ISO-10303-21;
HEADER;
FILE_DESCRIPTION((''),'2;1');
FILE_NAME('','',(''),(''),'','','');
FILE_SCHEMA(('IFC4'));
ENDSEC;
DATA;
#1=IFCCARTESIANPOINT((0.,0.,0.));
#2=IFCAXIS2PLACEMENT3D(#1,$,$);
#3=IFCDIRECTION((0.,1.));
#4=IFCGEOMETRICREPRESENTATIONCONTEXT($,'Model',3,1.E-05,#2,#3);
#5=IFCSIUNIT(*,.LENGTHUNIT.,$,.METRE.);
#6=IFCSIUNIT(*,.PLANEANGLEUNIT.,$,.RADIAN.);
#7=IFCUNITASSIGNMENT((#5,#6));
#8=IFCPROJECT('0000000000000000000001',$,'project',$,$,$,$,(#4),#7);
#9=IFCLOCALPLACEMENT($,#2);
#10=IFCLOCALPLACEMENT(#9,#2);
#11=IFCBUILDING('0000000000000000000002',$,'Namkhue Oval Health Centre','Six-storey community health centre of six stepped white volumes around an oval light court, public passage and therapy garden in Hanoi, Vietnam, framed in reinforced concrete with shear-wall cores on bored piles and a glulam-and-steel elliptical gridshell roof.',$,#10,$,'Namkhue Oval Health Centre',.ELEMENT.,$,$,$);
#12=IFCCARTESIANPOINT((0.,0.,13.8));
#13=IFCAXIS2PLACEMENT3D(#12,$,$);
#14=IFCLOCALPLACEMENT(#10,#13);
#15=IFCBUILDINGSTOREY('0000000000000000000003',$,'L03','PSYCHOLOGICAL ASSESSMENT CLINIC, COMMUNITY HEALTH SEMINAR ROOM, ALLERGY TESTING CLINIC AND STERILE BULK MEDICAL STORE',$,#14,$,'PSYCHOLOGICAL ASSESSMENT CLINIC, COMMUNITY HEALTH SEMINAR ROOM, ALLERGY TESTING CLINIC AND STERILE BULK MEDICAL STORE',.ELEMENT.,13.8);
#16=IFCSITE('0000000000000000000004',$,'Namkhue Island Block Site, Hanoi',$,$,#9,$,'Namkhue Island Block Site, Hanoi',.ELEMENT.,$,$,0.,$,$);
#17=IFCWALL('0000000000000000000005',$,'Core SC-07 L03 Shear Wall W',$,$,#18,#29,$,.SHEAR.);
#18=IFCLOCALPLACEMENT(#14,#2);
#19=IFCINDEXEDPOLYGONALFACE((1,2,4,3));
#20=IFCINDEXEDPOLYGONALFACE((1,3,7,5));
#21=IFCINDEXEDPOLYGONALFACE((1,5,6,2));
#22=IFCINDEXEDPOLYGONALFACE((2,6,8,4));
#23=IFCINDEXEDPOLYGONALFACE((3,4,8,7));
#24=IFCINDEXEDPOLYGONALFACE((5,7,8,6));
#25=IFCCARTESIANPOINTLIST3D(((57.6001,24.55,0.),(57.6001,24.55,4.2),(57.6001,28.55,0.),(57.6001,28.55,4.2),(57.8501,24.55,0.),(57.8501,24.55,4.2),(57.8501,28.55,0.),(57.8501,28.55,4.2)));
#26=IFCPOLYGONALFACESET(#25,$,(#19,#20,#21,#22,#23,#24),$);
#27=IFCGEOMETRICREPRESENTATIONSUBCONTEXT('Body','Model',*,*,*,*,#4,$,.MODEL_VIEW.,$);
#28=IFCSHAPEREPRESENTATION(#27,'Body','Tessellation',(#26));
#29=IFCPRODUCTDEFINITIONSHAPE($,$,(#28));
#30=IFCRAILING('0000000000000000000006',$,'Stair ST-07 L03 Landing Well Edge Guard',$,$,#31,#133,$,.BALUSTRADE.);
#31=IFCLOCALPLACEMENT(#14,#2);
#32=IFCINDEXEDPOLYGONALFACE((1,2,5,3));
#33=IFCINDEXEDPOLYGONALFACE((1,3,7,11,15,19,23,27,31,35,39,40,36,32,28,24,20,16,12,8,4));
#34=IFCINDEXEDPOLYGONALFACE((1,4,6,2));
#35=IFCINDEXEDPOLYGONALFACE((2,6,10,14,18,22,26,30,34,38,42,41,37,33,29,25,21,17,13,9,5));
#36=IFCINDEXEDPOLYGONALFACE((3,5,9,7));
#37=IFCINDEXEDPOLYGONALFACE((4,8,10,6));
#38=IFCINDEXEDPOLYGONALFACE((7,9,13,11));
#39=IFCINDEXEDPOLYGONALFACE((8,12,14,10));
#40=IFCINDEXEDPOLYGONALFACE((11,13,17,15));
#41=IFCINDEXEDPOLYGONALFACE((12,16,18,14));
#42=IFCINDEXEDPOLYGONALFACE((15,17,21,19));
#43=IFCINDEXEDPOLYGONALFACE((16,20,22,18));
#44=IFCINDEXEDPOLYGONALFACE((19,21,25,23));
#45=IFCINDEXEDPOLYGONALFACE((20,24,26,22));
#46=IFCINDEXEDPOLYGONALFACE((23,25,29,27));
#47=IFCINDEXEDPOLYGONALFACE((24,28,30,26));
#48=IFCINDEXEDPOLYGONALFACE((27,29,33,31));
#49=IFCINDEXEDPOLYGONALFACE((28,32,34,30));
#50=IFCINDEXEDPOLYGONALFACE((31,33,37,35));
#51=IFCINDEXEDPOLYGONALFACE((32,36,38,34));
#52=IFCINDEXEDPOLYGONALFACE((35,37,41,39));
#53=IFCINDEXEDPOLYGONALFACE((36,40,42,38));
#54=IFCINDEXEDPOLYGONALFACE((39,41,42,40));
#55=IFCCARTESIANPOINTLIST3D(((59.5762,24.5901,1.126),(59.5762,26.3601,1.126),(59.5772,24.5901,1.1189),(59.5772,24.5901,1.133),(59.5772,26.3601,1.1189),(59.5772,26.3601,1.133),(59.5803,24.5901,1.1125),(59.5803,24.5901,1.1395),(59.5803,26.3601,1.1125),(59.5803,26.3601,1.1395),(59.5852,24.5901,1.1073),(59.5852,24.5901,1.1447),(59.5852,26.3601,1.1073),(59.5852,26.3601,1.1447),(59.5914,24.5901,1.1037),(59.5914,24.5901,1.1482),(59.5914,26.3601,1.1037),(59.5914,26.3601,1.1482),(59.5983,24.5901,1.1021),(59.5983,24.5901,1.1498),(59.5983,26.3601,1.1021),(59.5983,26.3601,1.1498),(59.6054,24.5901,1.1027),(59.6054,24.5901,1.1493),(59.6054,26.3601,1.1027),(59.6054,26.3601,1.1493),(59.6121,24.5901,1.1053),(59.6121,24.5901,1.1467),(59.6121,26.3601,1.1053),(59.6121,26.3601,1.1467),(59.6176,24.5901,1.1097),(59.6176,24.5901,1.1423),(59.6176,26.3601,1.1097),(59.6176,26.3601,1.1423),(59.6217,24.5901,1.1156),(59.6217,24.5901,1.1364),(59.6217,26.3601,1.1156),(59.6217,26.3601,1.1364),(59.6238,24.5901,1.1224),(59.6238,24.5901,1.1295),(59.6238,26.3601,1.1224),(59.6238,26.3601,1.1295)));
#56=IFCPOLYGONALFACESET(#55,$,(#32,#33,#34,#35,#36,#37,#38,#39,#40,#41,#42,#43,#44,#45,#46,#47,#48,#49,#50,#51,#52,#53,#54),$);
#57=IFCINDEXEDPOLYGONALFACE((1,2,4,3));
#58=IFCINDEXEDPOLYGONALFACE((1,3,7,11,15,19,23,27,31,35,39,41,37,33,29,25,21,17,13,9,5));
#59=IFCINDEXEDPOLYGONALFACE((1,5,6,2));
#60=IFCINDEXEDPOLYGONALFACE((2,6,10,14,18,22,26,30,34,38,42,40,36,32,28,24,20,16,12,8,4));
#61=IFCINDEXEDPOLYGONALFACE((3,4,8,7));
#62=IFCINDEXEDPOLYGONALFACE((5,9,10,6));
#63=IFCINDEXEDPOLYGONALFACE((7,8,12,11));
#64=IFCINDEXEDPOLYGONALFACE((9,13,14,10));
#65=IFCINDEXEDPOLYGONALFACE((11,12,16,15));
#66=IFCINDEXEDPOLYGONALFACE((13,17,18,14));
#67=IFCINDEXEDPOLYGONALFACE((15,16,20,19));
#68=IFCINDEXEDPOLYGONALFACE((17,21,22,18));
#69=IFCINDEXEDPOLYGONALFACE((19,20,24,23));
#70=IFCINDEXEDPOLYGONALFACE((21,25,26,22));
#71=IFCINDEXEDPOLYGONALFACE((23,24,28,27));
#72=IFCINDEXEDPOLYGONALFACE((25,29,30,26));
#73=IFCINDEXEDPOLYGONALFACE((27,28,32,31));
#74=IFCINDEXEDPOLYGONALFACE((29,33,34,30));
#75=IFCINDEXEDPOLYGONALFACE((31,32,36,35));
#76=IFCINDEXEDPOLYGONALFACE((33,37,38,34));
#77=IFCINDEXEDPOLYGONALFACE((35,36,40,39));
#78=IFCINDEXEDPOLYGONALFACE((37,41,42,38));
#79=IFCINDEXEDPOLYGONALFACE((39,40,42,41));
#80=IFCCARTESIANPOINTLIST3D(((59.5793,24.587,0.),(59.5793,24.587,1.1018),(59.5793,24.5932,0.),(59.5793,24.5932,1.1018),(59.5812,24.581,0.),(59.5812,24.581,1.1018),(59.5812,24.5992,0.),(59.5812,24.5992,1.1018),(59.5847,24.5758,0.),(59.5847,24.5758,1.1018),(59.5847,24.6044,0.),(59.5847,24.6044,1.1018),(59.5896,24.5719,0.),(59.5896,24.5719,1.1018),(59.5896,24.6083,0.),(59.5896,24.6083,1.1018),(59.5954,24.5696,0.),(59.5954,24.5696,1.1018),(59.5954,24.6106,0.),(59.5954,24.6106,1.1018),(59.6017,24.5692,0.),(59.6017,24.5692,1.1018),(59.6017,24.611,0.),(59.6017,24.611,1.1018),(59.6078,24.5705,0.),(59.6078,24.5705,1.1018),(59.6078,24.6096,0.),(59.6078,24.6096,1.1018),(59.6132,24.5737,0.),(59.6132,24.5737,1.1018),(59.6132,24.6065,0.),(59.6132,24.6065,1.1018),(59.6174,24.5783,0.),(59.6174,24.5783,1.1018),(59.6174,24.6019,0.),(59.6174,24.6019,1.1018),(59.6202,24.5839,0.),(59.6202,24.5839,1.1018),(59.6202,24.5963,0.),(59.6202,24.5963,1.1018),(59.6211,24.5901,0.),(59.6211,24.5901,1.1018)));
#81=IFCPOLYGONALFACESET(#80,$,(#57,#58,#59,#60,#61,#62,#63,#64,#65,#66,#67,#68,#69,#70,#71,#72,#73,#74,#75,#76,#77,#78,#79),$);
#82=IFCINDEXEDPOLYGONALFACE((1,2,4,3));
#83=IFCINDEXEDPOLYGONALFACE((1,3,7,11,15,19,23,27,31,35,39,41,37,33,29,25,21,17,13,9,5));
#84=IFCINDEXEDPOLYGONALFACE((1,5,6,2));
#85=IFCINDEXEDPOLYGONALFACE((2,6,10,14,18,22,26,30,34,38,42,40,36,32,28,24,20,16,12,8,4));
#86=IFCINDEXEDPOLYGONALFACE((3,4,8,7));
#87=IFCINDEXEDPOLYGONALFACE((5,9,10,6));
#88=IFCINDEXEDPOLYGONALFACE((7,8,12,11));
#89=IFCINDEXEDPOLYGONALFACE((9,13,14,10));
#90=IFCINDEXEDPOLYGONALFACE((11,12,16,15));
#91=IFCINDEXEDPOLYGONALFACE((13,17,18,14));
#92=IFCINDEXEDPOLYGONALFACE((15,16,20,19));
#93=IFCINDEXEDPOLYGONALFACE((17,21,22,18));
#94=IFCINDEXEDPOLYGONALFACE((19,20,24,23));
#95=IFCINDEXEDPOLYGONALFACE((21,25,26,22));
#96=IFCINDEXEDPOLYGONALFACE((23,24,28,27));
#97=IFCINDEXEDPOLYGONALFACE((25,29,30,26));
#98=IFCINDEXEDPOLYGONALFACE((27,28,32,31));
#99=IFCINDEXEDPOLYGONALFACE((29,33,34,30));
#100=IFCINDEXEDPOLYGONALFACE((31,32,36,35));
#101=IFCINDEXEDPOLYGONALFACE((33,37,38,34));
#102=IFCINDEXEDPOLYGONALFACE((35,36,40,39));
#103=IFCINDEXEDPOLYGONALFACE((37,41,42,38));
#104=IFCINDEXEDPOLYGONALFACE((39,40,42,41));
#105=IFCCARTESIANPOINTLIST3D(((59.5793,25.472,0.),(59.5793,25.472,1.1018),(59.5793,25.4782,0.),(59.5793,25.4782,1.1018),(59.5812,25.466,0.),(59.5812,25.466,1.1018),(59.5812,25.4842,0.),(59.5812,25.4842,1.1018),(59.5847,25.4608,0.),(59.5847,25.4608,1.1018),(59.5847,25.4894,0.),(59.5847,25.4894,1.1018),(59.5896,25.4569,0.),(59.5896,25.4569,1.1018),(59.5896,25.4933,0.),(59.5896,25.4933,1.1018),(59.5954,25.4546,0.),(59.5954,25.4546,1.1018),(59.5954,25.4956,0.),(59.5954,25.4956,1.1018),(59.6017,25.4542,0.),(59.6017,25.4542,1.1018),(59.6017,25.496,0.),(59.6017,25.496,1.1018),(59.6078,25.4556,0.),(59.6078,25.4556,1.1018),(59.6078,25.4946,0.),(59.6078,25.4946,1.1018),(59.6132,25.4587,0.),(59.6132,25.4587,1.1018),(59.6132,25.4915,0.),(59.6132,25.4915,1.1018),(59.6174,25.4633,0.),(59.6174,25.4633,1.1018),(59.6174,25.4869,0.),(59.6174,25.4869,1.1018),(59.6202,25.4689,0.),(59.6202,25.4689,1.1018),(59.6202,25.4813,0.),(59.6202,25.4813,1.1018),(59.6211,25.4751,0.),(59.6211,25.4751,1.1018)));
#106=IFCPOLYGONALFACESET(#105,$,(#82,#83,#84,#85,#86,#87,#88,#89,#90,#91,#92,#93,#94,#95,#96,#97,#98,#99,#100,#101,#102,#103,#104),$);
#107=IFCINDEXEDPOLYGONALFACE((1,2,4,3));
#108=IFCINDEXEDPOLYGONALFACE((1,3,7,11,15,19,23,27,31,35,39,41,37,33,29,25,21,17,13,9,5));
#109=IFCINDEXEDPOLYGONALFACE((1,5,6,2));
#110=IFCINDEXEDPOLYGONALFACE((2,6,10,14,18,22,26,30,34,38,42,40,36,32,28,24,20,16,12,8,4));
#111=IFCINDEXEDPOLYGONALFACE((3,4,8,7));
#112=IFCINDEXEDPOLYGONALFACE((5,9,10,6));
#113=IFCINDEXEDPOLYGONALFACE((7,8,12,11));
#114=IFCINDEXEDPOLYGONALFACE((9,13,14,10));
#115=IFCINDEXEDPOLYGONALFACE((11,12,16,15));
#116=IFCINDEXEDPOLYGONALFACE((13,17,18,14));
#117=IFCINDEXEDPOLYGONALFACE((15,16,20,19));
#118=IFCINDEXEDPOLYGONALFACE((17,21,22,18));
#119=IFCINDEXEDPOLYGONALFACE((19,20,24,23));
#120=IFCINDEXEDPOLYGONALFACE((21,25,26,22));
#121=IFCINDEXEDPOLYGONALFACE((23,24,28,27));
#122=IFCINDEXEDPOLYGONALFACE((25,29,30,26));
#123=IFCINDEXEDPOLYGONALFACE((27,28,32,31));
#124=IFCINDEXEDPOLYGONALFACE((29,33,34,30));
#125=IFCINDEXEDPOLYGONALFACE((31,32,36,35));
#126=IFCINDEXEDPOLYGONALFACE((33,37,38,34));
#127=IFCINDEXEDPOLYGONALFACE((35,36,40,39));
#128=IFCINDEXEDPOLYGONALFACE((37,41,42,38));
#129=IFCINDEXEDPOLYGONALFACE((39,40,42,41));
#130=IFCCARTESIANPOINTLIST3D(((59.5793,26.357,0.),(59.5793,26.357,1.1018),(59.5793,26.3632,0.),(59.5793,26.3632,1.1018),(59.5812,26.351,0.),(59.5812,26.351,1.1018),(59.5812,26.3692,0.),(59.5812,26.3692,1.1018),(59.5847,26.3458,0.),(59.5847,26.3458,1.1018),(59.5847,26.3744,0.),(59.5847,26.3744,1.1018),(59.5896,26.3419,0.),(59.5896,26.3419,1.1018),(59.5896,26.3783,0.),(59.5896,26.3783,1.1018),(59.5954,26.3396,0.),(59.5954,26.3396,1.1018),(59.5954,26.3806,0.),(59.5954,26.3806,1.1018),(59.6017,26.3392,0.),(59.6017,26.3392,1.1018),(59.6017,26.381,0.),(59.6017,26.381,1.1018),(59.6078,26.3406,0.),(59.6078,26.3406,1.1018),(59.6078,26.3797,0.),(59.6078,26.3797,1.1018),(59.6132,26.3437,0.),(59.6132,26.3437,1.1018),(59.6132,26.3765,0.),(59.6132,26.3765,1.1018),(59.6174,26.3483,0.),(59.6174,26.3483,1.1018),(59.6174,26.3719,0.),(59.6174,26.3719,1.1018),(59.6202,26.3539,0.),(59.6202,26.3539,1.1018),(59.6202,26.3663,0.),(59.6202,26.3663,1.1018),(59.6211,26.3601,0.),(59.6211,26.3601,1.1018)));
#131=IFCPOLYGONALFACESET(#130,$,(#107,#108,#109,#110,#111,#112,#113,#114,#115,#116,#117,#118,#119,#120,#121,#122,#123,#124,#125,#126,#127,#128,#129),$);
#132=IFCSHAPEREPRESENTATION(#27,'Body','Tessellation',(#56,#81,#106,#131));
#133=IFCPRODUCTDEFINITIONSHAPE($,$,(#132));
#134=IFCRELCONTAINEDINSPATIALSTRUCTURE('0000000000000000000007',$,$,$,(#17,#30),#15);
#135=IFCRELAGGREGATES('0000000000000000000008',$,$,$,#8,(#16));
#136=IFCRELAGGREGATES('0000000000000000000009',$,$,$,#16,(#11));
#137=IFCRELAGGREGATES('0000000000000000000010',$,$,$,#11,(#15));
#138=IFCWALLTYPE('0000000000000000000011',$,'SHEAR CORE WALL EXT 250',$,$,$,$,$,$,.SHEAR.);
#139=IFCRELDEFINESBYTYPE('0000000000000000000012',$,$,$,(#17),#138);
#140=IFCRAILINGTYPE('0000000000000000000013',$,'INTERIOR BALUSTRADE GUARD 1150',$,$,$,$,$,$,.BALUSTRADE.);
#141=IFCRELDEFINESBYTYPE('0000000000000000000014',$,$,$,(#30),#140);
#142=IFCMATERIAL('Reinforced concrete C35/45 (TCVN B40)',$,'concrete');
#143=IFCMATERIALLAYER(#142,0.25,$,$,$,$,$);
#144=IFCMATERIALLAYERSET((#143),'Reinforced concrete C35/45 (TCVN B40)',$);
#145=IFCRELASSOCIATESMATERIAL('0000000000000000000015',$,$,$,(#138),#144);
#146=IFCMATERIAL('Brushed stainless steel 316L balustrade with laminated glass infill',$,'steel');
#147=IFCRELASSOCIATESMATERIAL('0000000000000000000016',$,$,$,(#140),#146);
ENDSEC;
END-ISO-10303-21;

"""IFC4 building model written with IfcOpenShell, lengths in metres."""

from ifc_helpers import new_model, si_unit, direction, frame, frame_2d, origin, origin_2d, place, context, subcontext, project, spatial, rectangle, circle, extrude, material, layer, layer_set, type_object, element, save


model = new_model("IFC4")

# Units and contexts
model_context = context("Model", 3, precision=1e-05, world=origin(), true_north=direction((0.0, 1.0)))
body_context = subcontext(model_context, "Body", "Model", "MODEL_VIEW")
ifc_project = project(units=[si_unit("LENGTHUNIT", "METRE"), si_unit("PLANEANGLEUNIT", "RADIAN")], contexts=[model_context])

# Site, building, storey
site_placement = place(None, origin())
site = spatial("IfcSite", under=ifc_project, at=site_placement, Name="Namkhue Island Block Site, Hanoi", LongName="Namkhue Island Block Site, Hanoi", CompositionType="ELEMENT", RefElevation=0.0)
building_placement = place(site_placement, origin())
building = spatial("IfcBuilding", under=site, at=building_placement, Name="Namkhue Oval Health Centre", Description="Six-storey community health centre of six stepped white volumes around an oval light court, public passage and therapy garden in Hanoi, Vietnam, framed in reinforced concrete with shear-wall cores on bored piles and a glulam-and-steel elliptical gridshell roof.", LongName="Namkhue Oval Health Centre", CompositionType="ELEMENT")
storey_placement = place(building_placement, frame((0.0, 0.0, 13.8)))
storey = spatial("IfcBuildingStorey", under=building, at=storey_placement, Name="L03", Description="PSYCHOLOGICAL ASSESSMENT CLINIC, COMMUNITY HEALTH SEMINAR ROOM, ALLERGY TESTING CLINIC AND STERILE BULK MEDICAL STORE", LongName="PSYCHOLOGICAL ASSESSMENT CLINIC, COMMUNITY HEALTH SEMINAR ROOM, ALLERGY TESTING CLINIC AND STERILE BULK MEDICAL STORE", CompositionType="ELEMENT", Elevation=13.8)

# Shared definitions
ifc_material_1 = material(Name="Reinforced concrete C35/45 (TCVN B40)", Category="concrete")

# Wall
ifc_layer_1 = layer(ifc_material_1, 0.25)
ifc_layer_set_1 = layer_set([ifc_layer_1], Name="Reinforced concrete C35/45 (TCVN B40)")
wall_type_1 = type_object("IfcWallType", Name="SHEAR CORE WALL EXT 250", PredefinedType="SHEAR", material=ifc_layer_set_1)
wall_1_placement = place(storey_placement, frame((57.7251, 28.55, 0.0), z_axis=(0.0, 0.0, 1.0), x_axis=(0.0, -1.0, 0.0)))
element("IfcWall", 1, at=wall_1_placement, inside=storey, type_object=wall_type_1, Name="Core SC-07 L03 Shear Wall W", PredefinedType="SHEAR", context=body_context, shape_type="SweptSolid", body=[
    extrude(rectangle(XDim=4.0, YDim=0.25, at=frame_2d((2.0, 0.0))), origin(), (0.0, 0.0, 1.0), 4.2),
])

# Railing
ifc_material_2 = material(Name="Brushed stainless steel 316L balustrade with laminated glass infill", Category="steel")
railing_type_1 = type_object("IfcRailingType", Name="INTERIOR BALUSTRADE GUARD 1150", PredefinedType="BALUSTRADE", material=ifc_material_2)
railing_1_placement = place(storey_placement, frame((59.6001, 24.5901, 0.0)))
element("IfcRailing", 2, at=railing_1_placement, inside=storey, type_object=railing_type_1, Name="Stair ST-07 L03 Landing Well Edge Guard", PredefinedType="BALUSTRADE", context=body_context, shape_type="SweptSolid", body=[
    extrude(circle(Radius=0.0239, at=origin_2d()), frame((0.0, 0.0, 1.126), z_axis=(0.0, 1.0, 0.0), x_axis=(-1.0, 0.0, 0.0)), (0.0, 0.0, 1.0), 1.77),
    extrude(circle(Radius=0.021, at=origin_2d()), origin(), (0.0, 0.0, 1.0), 1.1018),
    extrude(circle(Radius=0.021, at=origin_2d()), frame((0.0, 0.885, 0.0)), (0.0, 0.0, 1.0), 1.1018),
    extrude(circle(Radius=0.021, at=origin_2d()), frame((0.0, 1.77, 0.0)), (0.0, 0.0, 1.0), 1.1018),
])

save(model, "model.ifc")
